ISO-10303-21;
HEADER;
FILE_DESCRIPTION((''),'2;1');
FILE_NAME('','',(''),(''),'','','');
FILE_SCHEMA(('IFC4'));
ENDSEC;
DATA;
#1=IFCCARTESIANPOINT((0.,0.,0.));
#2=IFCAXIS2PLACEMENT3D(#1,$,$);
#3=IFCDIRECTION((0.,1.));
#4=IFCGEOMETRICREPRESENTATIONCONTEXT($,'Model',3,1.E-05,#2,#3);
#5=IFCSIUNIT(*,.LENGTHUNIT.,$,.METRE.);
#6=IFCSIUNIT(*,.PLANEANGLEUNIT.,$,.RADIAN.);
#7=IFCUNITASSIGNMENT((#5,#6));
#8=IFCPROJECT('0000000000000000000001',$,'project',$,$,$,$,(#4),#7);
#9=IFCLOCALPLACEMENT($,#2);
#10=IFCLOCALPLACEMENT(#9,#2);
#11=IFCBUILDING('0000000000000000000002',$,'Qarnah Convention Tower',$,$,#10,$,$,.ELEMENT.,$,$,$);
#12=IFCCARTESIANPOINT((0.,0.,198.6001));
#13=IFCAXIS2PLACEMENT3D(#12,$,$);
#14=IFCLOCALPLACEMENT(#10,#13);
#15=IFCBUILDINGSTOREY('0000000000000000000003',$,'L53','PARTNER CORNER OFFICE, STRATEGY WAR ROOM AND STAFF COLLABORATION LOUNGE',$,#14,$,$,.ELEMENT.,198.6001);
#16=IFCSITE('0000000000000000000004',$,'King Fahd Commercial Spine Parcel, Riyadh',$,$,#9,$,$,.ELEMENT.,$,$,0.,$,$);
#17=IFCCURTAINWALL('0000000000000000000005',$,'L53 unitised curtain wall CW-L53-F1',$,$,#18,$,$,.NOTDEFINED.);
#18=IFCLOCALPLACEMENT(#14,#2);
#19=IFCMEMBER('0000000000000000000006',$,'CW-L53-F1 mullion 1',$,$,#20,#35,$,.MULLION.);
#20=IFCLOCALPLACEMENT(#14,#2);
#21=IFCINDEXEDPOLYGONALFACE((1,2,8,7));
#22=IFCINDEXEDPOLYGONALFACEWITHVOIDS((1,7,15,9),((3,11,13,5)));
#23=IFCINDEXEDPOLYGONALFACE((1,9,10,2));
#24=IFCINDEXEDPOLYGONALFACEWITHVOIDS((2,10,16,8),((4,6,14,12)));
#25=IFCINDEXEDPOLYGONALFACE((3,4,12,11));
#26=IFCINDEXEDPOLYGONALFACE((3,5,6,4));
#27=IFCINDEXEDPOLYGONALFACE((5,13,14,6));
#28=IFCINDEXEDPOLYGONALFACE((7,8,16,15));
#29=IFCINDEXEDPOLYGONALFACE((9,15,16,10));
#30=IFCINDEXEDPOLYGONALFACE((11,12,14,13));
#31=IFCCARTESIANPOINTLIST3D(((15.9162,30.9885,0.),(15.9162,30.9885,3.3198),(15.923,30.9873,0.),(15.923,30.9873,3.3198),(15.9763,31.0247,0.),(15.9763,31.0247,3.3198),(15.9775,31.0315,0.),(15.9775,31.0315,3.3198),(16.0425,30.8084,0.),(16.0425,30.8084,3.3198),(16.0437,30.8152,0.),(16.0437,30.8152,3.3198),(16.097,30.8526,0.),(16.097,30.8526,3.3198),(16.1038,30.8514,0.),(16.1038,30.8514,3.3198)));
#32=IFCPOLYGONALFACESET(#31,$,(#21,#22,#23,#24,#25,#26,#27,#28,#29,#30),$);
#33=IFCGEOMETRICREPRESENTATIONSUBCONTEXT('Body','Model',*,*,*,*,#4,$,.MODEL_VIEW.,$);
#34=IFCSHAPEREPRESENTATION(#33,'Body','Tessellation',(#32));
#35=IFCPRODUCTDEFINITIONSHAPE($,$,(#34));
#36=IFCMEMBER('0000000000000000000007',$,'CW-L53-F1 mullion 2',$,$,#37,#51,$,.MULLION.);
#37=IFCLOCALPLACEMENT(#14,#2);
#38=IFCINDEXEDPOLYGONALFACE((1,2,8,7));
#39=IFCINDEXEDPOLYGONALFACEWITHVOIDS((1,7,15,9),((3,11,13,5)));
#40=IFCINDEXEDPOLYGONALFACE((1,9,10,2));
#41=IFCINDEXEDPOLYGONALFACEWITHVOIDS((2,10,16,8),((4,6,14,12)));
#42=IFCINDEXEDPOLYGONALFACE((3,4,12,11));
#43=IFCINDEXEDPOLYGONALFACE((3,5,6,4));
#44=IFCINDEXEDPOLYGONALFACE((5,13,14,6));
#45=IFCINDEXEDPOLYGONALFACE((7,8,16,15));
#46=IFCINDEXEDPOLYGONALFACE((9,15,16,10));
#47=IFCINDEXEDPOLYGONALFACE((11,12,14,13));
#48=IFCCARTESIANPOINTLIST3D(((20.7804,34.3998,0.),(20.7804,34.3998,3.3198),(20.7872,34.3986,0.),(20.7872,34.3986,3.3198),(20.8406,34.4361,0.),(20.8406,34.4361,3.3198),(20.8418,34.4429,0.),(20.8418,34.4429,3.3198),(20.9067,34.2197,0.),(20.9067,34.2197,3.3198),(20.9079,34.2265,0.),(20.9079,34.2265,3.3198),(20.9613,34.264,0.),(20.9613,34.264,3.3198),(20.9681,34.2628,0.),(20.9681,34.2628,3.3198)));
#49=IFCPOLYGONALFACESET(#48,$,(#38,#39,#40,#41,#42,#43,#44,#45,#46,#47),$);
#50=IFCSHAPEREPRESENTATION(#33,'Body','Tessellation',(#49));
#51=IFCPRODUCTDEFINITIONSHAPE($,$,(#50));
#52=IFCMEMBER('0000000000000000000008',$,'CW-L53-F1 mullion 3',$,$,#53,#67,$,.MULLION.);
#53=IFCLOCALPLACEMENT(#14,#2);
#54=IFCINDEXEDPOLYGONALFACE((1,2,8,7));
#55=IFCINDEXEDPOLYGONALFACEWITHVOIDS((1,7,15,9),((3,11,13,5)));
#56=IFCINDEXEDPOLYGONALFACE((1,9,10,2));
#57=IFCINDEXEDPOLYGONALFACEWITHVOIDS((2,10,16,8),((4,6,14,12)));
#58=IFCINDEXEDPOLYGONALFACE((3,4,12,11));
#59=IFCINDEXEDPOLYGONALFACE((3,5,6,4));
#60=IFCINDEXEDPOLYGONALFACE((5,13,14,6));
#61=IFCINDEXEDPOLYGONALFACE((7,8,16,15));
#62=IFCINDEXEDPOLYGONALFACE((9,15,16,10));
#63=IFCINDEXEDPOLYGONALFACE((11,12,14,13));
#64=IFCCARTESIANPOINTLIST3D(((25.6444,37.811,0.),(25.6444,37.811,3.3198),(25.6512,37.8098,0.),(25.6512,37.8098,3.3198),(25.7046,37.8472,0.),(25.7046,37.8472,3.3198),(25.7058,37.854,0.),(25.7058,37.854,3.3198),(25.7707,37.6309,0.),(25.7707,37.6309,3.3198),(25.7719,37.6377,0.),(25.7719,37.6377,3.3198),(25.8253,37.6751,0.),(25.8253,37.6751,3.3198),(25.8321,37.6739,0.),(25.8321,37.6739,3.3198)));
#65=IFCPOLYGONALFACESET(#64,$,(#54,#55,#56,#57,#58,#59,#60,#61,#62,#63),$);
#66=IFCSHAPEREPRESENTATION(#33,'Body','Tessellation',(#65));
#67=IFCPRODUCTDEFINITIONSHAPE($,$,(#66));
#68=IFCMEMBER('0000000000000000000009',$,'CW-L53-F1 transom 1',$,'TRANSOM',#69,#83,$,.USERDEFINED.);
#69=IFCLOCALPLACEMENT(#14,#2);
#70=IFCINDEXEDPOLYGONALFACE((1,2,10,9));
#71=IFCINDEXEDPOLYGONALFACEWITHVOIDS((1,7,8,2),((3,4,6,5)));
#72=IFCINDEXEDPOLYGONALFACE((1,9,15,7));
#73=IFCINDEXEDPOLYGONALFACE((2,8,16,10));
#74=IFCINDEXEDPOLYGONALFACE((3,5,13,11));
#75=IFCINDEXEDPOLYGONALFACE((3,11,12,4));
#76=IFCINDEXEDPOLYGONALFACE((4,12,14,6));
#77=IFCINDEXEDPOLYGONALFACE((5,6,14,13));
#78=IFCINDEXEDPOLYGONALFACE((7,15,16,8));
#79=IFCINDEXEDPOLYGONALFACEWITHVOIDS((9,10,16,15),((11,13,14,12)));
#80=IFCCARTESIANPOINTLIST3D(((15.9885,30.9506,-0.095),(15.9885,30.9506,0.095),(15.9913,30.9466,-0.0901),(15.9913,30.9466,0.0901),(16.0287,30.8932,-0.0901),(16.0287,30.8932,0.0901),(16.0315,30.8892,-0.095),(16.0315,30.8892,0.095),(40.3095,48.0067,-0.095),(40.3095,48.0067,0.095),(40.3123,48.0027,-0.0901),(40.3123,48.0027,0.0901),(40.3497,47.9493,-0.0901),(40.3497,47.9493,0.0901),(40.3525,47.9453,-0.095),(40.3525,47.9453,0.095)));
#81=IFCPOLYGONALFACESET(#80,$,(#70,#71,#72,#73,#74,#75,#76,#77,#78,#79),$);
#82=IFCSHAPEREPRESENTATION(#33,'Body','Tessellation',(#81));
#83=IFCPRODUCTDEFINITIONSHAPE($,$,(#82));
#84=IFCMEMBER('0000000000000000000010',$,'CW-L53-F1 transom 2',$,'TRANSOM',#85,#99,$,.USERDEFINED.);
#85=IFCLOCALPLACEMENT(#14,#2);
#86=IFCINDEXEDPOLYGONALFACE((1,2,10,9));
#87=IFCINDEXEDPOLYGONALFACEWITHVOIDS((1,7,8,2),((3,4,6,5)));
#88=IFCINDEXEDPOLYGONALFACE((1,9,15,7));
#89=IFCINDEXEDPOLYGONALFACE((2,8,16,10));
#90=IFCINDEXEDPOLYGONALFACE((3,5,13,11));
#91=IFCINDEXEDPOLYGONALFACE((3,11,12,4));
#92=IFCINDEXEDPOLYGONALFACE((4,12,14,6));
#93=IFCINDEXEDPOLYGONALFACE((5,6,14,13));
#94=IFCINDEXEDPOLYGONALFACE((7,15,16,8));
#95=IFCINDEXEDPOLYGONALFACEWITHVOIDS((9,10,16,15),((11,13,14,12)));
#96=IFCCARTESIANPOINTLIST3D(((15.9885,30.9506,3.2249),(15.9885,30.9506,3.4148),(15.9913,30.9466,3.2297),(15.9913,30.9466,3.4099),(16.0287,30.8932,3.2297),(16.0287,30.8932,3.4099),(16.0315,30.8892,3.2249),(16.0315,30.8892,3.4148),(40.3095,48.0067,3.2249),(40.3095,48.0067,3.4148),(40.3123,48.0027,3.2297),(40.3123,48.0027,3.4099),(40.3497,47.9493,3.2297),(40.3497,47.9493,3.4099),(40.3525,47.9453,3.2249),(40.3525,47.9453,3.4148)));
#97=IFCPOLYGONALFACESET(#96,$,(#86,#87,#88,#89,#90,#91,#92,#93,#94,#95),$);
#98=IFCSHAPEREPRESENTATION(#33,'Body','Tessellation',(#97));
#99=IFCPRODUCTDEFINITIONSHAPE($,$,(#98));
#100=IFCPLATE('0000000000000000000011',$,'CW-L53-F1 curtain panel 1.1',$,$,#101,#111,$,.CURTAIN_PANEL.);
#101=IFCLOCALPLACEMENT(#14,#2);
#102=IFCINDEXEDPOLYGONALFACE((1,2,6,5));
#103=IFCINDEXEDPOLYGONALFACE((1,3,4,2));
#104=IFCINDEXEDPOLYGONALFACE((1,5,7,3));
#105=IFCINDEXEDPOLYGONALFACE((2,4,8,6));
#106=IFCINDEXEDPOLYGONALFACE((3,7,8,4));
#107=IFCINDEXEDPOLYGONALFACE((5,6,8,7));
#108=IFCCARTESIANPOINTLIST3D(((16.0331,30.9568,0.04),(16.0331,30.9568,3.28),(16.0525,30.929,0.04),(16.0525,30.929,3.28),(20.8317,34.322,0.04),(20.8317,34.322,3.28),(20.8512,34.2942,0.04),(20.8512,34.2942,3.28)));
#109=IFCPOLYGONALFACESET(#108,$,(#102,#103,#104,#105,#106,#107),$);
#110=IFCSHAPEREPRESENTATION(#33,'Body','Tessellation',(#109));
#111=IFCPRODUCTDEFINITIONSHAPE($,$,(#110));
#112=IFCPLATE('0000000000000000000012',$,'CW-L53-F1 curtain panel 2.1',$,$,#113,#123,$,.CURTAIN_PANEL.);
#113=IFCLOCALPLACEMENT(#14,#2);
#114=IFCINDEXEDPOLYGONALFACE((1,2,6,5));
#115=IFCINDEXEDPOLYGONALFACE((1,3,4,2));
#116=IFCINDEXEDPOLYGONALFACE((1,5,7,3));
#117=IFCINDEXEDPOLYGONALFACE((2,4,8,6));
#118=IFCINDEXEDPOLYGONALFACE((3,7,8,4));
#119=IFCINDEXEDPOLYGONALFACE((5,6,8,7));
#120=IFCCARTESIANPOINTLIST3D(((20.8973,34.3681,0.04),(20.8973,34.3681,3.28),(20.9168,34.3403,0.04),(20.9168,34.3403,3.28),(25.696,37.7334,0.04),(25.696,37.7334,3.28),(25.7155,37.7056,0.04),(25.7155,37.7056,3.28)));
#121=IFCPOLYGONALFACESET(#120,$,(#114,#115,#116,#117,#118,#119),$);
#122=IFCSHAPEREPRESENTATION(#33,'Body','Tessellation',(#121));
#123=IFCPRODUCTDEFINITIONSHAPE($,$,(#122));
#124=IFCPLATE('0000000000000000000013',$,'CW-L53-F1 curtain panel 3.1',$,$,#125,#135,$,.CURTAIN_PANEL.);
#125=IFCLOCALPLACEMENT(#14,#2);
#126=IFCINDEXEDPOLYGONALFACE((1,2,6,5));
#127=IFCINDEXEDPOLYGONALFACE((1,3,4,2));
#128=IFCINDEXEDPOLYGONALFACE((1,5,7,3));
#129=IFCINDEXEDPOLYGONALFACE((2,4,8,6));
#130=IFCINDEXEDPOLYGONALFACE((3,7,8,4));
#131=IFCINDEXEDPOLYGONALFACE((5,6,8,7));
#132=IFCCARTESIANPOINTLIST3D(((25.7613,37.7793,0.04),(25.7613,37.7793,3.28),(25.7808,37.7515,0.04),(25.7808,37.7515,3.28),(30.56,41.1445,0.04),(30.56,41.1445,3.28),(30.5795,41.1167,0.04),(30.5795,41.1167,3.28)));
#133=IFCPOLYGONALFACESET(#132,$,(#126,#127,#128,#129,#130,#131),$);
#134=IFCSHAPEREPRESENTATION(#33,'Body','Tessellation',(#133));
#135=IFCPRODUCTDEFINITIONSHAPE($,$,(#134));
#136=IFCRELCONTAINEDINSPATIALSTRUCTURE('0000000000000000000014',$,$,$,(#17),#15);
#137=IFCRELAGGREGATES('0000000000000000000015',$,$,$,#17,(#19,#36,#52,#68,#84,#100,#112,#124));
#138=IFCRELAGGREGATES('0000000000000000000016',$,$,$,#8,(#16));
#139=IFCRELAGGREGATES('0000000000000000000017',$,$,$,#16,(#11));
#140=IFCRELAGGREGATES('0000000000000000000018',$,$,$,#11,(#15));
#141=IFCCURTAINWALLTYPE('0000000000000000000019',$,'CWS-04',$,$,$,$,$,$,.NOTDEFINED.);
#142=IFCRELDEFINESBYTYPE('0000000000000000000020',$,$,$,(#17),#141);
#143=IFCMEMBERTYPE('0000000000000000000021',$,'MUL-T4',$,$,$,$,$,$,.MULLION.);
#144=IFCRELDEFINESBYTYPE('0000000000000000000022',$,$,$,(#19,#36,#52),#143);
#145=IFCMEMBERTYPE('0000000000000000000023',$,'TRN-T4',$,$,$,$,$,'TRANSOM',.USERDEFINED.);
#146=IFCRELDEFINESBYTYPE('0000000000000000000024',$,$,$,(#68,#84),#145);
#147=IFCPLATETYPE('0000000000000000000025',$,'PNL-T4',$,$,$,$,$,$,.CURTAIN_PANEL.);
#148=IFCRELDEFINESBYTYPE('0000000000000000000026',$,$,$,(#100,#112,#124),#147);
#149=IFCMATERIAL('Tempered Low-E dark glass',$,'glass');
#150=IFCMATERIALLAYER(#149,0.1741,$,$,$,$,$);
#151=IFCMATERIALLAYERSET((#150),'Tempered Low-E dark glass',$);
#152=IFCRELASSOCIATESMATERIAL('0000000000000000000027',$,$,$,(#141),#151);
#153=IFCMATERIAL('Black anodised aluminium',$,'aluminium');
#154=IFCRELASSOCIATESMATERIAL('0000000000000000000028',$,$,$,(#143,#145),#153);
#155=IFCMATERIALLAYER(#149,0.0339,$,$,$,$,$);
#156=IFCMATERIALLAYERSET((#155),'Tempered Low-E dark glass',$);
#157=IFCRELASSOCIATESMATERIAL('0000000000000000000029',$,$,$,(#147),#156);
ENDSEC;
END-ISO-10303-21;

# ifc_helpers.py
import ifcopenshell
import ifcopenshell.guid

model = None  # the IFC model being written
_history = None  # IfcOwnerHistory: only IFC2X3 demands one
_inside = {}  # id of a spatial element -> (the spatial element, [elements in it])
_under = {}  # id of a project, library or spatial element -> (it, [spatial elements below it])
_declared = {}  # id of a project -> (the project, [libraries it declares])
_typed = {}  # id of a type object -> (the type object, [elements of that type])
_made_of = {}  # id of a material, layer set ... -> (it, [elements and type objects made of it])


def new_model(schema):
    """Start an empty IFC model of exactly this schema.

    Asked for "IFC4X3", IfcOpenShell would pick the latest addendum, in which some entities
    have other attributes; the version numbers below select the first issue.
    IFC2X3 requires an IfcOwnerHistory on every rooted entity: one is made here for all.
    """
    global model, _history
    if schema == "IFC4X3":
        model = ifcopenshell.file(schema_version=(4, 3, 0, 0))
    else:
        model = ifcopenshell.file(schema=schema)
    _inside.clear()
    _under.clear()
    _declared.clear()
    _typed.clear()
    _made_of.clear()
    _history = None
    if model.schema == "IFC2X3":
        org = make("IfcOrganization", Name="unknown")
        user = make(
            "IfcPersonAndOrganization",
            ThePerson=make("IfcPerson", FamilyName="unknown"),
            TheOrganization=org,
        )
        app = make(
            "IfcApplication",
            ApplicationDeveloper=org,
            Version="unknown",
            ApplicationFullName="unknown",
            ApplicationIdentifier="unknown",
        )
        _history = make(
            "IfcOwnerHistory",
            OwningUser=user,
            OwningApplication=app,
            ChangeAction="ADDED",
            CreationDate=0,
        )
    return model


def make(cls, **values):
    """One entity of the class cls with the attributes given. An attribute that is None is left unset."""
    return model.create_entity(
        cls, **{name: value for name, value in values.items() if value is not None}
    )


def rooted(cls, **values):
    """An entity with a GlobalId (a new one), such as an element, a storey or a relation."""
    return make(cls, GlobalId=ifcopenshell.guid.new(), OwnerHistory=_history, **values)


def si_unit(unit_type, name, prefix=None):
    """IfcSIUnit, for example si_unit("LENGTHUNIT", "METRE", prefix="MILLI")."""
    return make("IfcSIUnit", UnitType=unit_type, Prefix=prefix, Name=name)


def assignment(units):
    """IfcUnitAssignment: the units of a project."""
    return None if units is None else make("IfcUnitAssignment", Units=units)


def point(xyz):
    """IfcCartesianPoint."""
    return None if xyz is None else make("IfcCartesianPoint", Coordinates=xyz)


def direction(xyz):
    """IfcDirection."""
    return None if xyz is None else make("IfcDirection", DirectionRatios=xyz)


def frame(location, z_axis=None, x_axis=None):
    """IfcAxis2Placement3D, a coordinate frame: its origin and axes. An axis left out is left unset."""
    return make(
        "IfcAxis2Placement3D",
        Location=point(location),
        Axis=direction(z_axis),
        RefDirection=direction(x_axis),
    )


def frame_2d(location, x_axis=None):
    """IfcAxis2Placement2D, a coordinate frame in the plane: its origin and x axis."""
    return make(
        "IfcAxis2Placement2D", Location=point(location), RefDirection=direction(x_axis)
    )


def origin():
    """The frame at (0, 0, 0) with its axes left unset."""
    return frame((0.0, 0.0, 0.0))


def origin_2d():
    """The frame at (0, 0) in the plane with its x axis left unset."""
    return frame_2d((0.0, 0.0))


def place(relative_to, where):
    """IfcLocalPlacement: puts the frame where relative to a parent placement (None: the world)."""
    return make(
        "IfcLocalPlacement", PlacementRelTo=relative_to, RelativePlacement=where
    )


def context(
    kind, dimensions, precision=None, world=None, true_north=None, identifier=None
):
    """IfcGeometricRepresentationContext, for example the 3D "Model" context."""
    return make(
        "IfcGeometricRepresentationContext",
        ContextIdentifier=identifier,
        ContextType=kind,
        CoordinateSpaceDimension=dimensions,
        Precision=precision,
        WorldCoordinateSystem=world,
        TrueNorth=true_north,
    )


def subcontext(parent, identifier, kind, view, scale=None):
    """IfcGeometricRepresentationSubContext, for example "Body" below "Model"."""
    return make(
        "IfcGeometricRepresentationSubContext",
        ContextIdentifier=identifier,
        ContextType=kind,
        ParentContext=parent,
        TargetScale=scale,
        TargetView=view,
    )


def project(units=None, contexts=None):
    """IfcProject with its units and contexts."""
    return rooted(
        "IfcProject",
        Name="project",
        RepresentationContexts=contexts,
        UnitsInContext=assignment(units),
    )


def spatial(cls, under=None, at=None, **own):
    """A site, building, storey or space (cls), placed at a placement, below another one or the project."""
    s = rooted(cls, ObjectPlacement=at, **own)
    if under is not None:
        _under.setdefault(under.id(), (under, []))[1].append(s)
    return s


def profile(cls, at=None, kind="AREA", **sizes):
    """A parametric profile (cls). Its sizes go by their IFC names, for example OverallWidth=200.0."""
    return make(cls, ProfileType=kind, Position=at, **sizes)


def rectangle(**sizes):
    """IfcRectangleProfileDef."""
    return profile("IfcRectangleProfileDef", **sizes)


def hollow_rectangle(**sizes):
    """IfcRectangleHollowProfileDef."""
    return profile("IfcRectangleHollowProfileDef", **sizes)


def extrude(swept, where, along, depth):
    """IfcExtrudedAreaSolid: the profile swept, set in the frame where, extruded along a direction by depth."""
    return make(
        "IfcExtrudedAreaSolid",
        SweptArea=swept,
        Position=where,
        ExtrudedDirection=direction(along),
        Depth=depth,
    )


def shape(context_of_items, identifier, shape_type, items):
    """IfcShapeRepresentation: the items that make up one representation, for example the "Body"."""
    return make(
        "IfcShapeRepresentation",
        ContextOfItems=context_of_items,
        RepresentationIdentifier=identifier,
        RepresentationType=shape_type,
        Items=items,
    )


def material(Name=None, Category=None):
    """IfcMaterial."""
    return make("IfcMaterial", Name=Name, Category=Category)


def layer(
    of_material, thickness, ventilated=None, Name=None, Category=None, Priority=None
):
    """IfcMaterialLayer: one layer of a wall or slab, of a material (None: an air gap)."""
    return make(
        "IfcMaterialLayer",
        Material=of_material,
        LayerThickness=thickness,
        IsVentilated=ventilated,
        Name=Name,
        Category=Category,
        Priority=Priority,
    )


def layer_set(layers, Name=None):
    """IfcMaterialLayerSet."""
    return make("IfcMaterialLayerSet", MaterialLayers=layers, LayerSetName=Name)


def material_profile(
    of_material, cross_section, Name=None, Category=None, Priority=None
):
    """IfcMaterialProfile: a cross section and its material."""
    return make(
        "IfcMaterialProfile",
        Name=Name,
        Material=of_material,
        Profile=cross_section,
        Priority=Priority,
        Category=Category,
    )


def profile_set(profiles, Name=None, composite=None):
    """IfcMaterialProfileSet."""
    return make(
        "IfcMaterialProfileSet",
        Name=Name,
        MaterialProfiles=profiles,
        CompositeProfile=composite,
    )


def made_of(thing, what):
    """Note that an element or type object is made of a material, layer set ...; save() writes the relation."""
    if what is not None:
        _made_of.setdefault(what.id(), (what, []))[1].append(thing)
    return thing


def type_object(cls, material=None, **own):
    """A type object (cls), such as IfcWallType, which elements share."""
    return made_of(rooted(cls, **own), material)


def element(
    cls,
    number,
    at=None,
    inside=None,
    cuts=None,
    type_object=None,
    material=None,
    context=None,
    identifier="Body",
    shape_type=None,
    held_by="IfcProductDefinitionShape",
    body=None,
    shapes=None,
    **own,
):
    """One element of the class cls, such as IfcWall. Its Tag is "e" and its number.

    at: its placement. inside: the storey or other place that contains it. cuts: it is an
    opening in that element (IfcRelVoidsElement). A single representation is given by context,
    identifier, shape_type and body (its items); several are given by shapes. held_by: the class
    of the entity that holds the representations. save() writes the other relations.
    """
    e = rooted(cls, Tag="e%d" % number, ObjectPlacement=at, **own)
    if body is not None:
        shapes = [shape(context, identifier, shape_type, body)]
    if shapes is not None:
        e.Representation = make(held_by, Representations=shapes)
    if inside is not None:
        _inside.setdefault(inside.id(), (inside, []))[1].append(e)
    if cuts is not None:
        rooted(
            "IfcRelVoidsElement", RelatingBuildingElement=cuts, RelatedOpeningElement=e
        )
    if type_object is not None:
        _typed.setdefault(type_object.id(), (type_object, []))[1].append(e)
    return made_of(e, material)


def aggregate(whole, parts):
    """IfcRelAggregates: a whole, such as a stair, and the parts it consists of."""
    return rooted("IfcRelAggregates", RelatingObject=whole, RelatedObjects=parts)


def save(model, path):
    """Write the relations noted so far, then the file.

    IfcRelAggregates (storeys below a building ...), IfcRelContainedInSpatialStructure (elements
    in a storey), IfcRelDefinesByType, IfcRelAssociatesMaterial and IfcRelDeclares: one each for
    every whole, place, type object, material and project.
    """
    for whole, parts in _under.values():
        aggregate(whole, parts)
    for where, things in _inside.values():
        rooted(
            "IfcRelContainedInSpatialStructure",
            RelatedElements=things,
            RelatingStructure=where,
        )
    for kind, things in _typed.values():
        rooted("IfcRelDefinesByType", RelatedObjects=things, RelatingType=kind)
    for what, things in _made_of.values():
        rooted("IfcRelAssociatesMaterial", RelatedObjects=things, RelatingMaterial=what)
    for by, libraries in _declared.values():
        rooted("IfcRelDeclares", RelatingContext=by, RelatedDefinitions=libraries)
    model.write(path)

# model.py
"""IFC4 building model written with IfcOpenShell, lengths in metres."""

from ifc_helpers import new_model, si_unit, direction, frame, origin, origin_2d, place, context, subcontext, project, spatial, rectangle, hollow_rectangle, extrude, material, layer, layer_set, material_profile, profile_set, type_object, element, aggregate, save


model = new_model("IFC4")

# Units and contexts
model_context = context("Model", 3, precision=1e-05, world=origin(), true_north=direction((0.0, 1.0)))
body_context = subcontext(model_context, "Body", "Model", "MODEL_VIEW")
ifc_project = project(units=[si_unit("LENGTHUNIT", "METRE"), si_unit("PLANEANGLEUNIT", "RADIAN")], contexts=[model_context])

# Site, building, storey
site_placement = place(None, origin())
site = spatial("IfcSite", under=ifc_project, at=site_placement, Name="King Fahd Commercial Spine Parcel, Riyadh", CompositionType="ELEMENT", RefElevation=0.0)
building_placement = place(site_placement, origin())
building = spatial("IfcBuilding", under=site, at=building_placement, Name="Qarnah Convention Tower", CompositionType="ELEMENT")
storey_placement = place(building_placement, frame((0.0, 0.0, 198.6001)))
storey = spatial("IfcBuildingStorey", under=building, at=storey_placement, Name="L53", Description="PARTNER CORNER OFFICE, STRATEGY WAR ROOM AND STAFF COLLABORATION LOUNGE", CompositionType="ELEMENT", Elevation=198.6001)

# Curtain wall, members, plates
ifc_material_1 = material(Name="Tempered Low-E dark glass", Category="glass")
ifc_layer_1 = layer(ifc_material_1, 0.1741)
ifc_layer_set_1 = layer_set([ifc_layer_1], Name="Tempered Low-E dark glass")
curtain_wall_type = type_object("IfcCurtainWallType", Name="CWS-04", PredefinedType="NOTDEFINED", material=ifc_layer_set_1)
curtain_wall_placement = place(storey_placement, origin())
curtain_wall = element("IfcCurtainWall", 1, at=curtain_wall_placement, inside=storey, type_object=curtain_wall_type, Name="L53 unitised curtain wall CW-L53-F1", PredefinedType="NOTDEFINED")
ifc_material_2 = material(Name="Black anodised aluminium", Category="aluminium")
ifc_material_profile_1 = material_profile(ifc_material_2, hollow_rectangle(XDim=0.075, YDim=0.22, WallThickness=0.0049, at=origin_2d()), Name="MUL-75X220")
ifc_profile_set_1 = profile_set([ifc_material_profile_1], Name="Black anodised aluminium")
member_type_1 = type_object("IfcMemberType", Name="MUL-T4", PredefinedType="MULLION", material=ifc_profile_set_1)
member_1_placement = place(storey_placement, frame((16.01, 30.9199, 0.0), z_axis=(0.0, 0.0, 1.0), x_axis=(0.818737, 0.574169, 0.0)))
member_1 = element("IfcMember", 2, at=member_1_placement, type_object=member_type_1, Name="CW-L53-F1 mullion 1", PredefinedType="MULLION", context=body_context, shape_type="SweptSolid", body=[
    extrude(hollow_rectangle(XDim=0.075, YDim=0.22, WallThickness=0.0049, at=origin_2d()), origin(), (0.0, 0.0, 1.0), 3.3198),
])
member_2_placement = place(storey_placement, frame((20.8743, 34.3313, 0.0), z_axis=(0.0, 0.0, 1.0), x_axis=(0.818737, 0.574169, 0.0)))
member_2 = element("IfcMember", 3, at=member_2_placement, type_object=member_type_1, Name="CW-L53-F1 mullion 2", PredefinedType="MULLION", context=body_context, shape_type="SweptSolid", body=[
    extrude(hollow_rectangle(XDim=0.075, YDim=0.22, WallThickness=0.0049, at=origin_2d()), origin(), (0.0, 0.0, 1.0), 3.3198),
])
member_3_placement = place(storey_placement, frame((25.7383, 37.7424, 0.0), z_axis=(0.0, 0.0, 1.0), x_axis=(0.818737, 0.574169, 0.0)))
member_3 = element("IfcMember", 4, at=member_3_placement, type_object=member_type_1, Name="CW-L53-F1 mullion 3", PredefinedType="MULLION", context=body_context, shape_type="SweptSolid", body=[
    extrude(hollow_rectangle(XDim=0.075, YDim=0.22, WallThickness=0.0049, at=origin_2d()), origin(), (0.0, 0.0, 1.0), 3.3198),
])
ifc_material_profile_2 = material_profile(ifc_material_2, hollow_rectangle(XDim=0.075, YDim=0.1899, WallThickness=0.0049, at=origin_2d()), Name="TRN-75X190")
ifc_profile_set_2 = profile_set([ifc_material_profile_2], Name="Black anodised aluminium")
member_type_2 = type_object("IfcMemberType", Name="TRN-T4", ElementType="TRANSOM", PredefinedType="USERDEFINED", material=ifc_profile_set_2)
member_4_placement = place(storey_placement, frame((16.01, 30.9199, 0.0), z_axis=(0.818735, 0.574172, 0.0), x_axis=(-0.574172, 0.818735, 0.0)))
member_4 = element("IfcMember", 5, at=member_4_placement, type_object=member_type_2, Name="CW-L53-F1 transom 1", ObjectType="TRANSOM", PredefinedType="USERDEFINED", context=body_context, shape_type="SweptSolid", body=[
    extrude(hollow_rectangle(XDim=0.075, YDim=0.1899, WallThickness=0.0049, at=origin_2d()), origin(), (0.0, 0.0, 1.0), 29.7056),
])
member_5_placement = place(storey_placement, frame((16.01, 30.9199, 3.3198), z_axis=(0.818735, 0.574172, 0.0), x_axis=(-0.574172, 0.818735, 0.0)))
member_5 = element("IfcMember", 6, at=member_5_placement, type_object=member_type_2, Name="CW-L53-F1 transom 2", ObjectType="TRANSOM", PredefinedType="USERDEFINED", context=body_context, shape_type="SweptSolid", body=[
    extrude(hollow_rectangle(XDim=0.075, YDim=0.1899, WallThickness=0.0049, at=origin_2d()), origin(), (0.0, 0.0, 1.0), 29.7056),
])
ifc_layer_2 = layer(ifc_material_1, 0.0339)
ifc_layer_set_2 = layer_set([ifc_layer_2], Name="Tempered Low-E dark glass")
plate_type = type_object("IfcPlateType", Name="PNL-T4", PredefinedType="CURTAIN_PANEL", material=ifc_layer_set_2)
plate_1_placement = place(storey_placement, frame((18.4421, 32.6255, 0.04), z_axis=(0.0, 0.0, 1.0), x_axis=(0.818737, 0.574169, 0.0)))
plate_1 = element("IfcPlate", 7, at=plate_1_placement, type_object=plate_type, Name="CW-L53-F1 curtain panel 1.1", PredefinedType="CURTAIN_PANEL", context=body_context, shape_type="SweptSolid", body=[
    extrude(rectangle(XDim=5.8611, YDim=0.0339, at=origin_2d()), origin(), (0.0, 0.0, 1.0), 3.24),
])
plate_2_placement = place(storey_placement, frame((23.3064, 36.0369, 0.04), z_axis=(0.0, 0.0, 1.0), x_axis=(0.818737, 0.574169, 0.0)))
plate_2 = element("IfcPlate", 8, at=plate_2_placement, type_object=plate_type, Name="CW-L53-F1 curtain panel 2.1", PredefinedType="CURTAIN_PANEL", context=body_context, shape_type="SweptSolid", body=[
    extrude(rectangle(XDim=5.8611, YDim=0.0339, at=origin_2d()), origin(), (0.0, 0.0, 1.0), 3.24),
])
plate_3_placement = place(storey_placement, frame((28.1704, 39.448, 0.04), z_axis=(0.0, 0.0, 1.0), x_axis=(0.818737, 0.574169, 0.0)))
plate_3 = element("IfcPlate", 9, at=plate_3_placement, type_object=plate_type, Name="CW-L53-F1 curtain panel 3.1", PredefinedType="CURTAIN_PANEL", context=body_context, shape_type="SweptSolid", body=[
    extrude(rectangle(XDim=5.8611, YDim=0.0339, at=origin_2d()), origin(), (0.0, 0.0, 1.0), 3.24),
])
aggregate(curtain_wall, [member_1, member_2, member_3, member_4, member_5, plate_1, plate_2, plate_3])

save(model, "model.ifc")
